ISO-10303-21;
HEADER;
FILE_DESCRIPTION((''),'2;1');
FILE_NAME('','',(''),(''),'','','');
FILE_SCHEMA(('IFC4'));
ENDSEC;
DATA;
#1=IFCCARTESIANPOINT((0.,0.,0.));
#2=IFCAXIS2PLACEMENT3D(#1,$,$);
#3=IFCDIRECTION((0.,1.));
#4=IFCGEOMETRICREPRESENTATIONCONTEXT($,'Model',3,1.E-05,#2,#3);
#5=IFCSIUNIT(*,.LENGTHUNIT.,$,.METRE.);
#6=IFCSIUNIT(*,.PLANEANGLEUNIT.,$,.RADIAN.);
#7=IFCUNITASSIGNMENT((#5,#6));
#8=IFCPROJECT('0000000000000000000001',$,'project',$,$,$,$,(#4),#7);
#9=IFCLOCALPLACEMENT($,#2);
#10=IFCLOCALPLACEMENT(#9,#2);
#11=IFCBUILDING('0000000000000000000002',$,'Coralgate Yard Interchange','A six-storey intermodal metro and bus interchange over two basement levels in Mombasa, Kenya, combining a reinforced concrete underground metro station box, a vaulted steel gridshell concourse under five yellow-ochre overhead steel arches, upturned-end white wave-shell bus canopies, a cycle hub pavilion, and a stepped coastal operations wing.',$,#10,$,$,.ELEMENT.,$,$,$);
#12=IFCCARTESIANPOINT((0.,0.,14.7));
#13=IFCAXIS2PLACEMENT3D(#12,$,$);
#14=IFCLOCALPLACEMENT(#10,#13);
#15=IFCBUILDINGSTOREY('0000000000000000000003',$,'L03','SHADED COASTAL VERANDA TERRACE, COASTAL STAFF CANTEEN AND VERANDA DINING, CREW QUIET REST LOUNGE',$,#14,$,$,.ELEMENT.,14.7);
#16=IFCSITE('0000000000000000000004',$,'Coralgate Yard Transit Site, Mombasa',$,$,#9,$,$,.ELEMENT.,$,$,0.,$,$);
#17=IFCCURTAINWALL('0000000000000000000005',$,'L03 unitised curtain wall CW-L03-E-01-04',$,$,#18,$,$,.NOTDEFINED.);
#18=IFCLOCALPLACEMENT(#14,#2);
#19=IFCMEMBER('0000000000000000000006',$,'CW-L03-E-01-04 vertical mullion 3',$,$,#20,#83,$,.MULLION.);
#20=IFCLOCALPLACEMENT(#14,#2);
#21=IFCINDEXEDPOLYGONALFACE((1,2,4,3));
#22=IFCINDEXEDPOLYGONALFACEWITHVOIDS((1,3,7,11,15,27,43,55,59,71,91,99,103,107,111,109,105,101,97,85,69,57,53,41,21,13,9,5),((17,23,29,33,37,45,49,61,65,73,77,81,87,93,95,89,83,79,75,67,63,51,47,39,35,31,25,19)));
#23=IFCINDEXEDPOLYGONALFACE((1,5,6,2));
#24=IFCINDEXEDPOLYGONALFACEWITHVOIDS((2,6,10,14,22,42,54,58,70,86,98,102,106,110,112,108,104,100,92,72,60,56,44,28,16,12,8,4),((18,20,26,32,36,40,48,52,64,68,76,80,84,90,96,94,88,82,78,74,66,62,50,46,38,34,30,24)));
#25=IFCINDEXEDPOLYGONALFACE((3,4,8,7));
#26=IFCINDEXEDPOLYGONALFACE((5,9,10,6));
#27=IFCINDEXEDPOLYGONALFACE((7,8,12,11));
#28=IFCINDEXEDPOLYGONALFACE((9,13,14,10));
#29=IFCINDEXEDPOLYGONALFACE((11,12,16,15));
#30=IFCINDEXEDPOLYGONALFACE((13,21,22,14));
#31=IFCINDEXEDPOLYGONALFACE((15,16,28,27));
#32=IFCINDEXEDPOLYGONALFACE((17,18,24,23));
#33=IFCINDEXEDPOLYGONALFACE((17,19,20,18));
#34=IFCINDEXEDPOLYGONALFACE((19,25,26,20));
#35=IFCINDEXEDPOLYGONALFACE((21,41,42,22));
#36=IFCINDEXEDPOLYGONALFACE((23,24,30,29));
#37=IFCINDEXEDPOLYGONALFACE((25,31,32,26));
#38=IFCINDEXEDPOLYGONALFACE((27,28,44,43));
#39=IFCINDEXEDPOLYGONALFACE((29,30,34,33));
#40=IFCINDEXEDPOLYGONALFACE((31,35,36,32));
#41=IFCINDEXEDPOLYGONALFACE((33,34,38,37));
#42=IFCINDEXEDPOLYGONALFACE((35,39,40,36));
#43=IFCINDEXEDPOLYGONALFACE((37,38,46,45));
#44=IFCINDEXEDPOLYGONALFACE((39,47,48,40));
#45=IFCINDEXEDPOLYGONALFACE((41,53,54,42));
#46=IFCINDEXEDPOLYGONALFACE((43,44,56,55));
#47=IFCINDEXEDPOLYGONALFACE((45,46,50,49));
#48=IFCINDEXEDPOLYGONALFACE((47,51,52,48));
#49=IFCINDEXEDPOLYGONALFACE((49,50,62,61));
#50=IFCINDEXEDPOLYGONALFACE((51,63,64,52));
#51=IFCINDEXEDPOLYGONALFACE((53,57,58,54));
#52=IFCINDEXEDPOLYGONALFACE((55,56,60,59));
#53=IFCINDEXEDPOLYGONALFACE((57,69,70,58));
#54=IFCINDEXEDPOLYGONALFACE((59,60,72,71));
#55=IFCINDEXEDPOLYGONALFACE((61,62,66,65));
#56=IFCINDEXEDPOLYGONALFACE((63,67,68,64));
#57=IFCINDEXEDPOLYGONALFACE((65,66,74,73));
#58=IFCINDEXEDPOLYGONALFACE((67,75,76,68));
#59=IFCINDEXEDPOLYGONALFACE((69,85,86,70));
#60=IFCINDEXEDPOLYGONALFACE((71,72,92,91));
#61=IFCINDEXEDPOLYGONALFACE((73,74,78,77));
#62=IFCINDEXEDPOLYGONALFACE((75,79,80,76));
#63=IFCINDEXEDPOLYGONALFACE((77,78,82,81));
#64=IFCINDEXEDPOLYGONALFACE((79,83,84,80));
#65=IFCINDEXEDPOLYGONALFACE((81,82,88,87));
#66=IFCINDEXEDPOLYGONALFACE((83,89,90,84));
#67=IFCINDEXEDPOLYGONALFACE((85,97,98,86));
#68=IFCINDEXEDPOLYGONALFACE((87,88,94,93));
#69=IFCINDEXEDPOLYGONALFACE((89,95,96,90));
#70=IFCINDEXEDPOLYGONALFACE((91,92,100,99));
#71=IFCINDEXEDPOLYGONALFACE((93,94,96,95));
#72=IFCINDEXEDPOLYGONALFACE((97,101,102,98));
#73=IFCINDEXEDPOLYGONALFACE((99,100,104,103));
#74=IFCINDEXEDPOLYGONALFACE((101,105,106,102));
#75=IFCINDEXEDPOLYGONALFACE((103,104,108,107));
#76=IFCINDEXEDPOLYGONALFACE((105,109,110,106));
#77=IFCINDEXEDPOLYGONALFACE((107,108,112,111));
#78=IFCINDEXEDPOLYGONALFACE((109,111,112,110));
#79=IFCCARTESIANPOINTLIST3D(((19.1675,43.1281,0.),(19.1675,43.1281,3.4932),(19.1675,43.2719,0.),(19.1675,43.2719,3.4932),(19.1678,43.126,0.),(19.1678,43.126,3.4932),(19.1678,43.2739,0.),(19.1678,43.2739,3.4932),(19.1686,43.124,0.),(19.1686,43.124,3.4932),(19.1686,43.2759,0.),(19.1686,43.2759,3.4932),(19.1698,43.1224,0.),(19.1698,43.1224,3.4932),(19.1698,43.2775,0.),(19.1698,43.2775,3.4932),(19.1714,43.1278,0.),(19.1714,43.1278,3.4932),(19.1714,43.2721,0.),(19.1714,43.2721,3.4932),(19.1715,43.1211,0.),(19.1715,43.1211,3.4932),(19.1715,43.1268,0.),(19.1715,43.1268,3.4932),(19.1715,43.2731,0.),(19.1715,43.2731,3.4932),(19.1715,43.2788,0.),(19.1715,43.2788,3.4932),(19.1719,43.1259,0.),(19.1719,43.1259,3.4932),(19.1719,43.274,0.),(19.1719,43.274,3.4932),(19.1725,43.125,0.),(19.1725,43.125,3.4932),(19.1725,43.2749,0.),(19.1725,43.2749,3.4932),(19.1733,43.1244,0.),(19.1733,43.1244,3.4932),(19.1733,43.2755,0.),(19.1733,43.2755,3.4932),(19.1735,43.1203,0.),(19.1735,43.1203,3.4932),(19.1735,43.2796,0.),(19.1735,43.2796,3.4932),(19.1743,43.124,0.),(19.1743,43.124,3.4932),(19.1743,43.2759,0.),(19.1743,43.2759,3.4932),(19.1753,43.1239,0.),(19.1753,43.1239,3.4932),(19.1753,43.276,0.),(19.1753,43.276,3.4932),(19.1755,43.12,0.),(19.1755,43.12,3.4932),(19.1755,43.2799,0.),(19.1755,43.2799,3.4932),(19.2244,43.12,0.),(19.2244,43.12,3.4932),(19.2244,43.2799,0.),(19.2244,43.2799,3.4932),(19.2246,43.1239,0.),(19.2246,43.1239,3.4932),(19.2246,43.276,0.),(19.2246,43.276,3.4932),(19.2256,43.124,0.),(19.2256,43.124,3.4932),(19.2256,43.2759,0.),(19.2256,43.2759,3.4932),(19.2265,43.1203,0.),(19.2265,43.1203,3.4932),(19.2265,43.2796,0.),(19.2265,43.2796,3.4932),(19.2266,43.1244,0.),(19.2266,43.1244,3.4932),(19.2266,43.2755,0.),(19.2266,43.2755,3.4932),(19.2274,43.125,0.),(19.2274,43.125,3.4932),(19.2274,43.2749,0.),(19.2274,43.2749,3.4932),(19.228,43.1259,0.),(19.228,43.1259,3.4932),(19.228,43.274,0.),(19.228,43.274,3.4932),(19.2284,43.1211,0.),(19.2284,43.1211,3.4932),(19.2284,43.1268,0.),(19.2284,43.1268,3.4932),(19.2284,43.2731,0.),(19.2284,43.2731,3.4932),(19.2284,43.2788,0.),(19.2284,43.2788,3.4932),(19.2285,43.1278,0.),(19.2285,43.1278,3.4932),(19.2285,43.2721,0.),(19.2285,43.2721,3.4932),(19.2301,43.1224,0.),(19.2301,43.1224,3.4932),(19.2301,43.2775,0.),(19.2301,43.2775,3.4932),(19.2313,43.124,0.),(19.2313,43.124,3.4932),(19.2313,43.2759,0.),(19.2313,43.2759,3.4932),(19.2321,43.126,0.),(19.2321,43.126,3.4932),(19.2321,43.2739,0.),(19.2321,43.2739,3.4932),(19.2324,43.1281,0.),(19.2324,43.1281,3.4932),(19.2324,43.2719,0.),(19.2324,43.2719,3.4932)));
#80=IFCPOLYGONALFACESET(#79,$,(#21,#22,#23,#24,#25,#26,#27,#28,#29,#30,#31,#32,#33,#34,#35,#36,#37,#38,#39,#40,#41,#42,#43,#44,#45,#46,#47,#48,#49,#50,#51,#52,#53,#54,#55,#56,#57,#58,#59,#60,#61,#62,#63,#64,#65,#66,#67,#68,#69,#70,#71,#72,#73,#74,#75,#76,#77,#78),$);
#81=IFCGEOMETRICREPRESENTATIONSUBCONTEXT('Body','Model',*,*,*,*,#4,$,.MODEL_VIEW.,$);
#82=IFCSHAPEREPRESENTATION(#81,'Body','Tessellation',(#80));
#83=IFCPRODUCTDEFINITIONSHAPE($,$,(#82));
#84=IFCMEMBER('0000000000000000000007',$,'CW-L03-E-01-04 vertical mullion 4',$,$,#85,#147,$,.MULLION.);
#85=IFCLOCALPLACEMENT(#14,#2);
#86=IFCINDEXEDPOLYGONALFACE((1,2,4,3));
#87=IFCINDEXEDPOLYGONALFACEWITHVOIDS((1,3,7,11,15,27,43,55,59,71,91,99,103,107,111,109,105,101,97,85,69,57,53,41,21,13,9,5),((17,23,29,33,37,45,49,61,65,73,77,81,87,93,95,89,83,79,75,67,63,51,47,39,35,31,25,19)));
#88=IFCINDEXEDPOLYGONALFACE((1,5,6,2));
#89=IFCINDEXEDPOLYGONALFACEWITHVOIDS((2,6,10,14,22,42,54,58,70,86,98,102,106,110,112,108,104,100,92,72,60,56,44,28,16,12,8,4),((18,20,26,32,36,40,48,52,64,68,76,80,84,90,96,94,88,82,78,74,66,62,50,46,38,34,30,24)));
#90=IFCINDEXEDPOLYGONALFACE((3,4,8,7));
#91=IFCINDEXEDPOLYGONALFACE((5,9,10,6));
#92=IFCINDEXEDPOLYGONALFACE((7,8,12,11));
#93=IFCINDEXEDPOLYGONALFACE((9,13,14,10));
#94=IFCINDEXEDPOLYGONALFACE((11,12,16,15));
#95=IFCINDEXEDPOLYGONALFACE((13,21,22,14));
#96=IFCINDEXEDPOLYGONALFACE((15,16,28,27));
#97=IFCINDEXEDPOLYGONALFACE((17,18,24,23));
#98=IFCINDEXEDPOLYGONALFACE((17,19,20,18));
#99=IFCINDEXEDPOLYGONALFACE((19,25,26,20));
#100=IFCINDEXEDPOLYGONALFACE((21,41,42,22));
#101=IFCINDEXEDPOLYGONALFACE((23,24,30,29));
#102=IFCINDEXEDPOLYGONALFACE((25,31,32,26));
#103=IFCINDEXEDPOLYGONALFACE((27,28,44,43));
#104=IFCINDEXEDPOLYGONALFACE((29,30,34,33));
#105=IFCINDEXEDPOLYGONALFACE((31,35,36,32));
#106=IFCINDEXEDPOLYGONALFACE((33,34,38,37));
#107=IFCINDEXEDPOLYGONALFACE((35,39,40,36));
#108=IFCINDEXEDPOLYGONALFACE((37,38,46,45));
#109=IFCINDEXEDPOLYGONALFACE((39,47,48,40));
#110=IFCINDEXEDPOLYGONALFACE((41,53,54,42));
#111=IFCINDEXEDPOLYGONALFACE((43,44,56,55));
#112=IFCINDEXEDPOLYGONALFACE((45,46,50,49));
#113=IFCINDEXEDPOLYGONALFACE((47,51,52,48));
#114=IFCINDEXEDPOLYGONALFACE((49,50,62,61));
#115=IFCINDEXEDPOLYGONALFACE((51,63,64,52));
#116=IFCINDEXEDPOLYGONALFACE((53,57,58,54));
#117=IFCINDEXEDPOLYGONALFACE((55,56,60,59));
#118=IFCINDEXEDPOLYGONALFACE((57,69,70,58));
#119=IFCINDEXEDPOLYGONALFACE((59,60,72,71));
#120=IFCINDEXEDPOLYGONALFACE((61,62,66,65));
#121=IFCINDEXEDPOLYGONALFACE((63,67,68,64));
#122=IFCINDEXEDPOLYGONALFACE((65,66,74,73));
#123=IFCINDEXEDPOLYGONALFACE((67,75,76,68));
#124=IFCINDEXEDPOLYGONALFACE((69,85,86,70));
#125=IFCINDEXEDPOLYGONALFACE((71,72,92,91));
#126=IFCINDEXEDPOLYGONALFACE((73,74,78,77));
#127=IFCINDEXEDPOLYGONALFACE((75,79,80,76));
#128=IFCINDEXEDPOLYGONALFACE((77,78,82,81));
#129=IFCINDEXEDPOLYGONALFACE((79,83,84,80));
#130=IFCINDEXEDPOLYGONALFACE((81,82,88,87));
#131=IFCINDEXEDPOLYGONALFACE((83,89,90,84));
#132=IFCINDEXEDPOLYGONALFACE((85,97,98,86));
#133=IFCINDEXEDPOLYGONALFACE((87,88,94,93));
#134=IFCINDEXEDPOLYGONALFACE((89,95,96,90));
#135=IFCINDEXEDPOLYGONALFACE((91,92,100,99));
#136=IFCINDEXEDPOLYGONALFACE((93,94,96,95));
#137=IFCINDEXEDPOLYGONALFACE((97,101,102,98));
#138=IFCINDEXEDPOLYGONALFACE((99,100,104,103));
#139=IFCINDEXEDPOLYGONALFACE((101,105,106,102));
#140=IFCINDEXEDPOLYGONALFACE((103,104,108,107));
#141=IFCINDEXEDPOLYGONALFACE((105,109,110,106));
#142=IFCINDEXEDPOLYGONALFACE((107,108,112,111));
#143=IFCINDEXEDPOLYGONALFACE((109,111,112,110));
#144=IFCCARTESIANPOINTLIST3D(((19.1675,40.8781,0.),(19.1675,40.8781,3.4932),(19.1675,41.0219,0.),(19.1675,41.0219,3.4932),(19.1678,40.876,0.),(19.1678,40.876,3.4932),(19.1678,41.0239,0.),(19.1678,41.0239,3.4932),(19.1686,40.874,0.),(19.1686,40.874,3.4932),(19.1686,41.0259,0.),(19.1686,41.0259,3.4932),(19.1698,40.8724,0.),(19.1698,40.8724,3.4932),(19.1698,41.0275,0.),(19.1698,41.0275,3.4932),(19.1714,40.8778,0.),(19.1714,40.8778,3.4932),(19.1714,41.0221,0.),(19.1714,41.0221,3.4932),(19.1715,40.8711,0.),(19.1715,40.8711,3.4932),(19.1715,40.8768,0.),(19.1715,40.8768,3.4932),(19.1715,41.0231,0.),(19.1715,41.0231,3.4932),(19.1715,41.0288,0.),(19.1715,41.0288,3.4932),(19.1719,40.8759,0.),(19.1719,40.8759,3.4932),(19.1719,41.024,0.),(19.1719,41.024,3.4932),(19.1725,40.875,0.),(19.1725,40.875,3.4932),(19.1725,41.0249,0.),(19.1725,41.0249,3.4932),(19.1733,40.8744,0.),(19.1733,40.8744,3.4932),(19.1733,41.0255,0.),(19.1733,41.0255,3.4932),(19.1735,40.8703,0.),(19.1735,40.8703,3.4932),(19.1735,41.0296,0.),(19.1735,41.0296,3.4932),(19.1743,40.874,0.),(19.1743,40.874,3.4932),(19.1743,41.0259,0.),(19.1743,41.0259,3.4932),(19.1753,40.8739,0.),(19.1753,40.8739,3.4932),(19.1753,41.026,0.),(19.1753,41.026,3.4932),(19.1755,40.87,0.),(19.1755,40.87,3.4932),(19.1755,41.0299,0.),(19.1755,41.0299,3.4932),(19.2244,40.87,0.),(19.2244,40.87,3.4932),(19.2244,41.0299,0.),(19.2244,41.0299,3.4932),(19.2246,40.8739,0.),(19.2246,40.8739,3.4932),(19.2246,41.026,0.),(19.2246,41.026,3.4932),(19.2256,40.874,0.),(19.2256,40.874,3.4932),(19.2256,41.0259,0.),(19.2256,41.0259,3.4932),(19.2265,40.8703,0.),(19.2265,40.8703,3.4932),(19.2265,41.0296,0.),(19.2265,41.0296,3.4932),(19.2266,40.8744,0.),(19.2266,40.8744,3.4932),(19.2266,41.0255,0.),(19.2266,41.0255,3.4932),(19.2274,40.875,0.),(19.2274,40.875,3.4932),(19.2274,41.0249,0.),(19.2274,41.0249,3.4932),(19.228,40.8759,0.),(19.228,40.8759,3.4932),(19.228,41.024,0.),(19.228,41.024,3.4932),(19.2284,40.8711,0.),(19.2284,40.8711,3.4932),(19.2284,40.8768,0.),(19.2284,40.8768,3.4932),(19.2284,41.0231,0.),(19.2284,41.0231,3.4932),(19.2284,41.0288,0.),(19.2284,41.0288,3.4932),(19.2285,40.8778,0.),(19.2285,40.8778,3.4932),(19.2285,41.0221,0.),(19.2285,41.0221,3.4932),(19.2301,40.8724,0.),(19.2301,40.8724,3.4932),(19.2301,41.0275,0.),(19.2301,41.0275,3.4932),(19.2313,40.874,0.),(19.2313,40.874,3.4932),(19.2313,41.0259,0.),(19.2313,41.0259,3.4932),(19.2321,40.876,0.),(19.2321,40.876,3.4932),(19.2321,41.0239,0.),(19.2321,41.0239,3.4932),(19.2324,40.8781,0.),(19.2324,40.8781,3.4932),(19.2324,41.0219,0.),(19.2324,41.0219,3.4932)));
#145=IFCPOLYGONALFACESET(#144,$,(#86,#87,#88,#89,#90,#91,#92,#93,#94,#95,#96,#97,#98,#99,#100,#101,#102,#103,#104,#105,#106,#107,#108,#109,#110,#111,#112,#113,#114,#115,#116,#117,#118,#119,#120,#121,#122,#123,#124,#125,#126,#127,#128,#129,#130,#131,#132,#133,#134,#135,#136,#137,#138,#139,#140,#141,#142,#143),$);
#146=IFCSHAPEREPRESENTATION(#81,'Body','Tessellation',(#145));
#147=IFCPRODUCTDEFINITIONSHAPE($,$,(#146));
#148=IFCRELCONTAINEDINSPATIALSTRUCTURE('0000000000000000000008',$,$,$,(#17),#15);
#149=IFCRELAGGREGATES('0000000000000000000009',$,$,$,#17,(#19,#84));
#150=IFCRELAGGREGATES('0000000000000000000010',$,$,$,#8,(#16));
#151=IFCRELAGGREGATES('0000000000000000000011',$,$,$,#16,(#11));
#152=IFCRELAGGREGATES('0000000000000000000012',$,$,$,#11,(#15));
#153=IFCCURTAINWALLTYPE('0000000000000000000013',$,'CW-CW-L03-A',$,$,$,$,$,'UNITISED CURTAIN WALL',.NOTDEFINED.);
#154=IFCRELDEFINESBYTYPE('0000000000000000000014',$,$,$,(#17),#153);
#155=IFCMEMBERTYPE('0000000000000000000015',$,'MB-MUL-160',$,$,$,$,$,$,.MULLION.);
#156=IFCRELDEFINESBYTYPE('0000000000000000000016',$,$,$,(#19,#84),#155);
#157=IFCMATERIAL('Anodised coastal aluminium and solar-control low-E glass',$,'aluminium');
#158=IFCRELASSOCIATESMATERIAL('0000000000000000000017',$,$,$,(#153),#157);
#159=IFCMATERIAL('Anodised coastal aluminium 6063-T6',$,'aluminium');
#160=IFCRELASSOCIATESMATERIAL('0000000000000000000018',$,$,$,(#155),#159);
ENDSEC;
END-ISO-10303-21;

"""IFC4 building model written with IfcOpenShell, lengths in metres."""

from ifc_helpers import new_model, si_unit, direction, frame, origin, origin_2d, place, context, subcontext, project, spatial, hollow_rectangle, extrude, material, material_profile, profile_set, type_object, element, aggregate, save


model = new_model("IFC4")

# Units and contexts
model_context = context("Model", 3, precision=1e-05, world=origin(), true_north=direction((0.0, 1.0)))
body_context = subcontext(model_context, "Body", "Model", "MODEL_VIEW")
ifc_project = project(units=[si_unit("LENGTHUNIT", "METRE"), si_unit("PLANEANGLEUNIT", "RADIAN")], contexts=[model_context])

# Site, building, storey
site_placement = place(None, origin())
site = spatial("IfcSite", under=ifc_project, at=site_placement, Name="Coralgate Yard Transit Site, Mombasa", CompositionType="ELEMENT", RefElevation=0.0)
building_placement = place(site_placement, origin())
building = spatial("IfcBuilding", under=site, at=building_placement, Name="Coralgate Yard Interchange", Description="A six-storey intermodal metro and bus interchange over two basement levels in Mombasa, Kenya, combining a reinforced concrete underground metro station box, a vaulted steel gridshell concourse under five yellow-ochre overhead steel arches, upturned-end white wave-shell bus canopies, a cycle hub pavilion, and a stepped coastal operations wing.", CompositionType="ELEMENT")
storey_placement = place(building_placement, frame((0.0, 0.0, 14.7)))
storey = spatial("IfcBuildingStorey", under=building, at=storey_placement, Name="L03", Description="SHADED COASTAL VERANDA TERRACE, COASTAL STAFF CANTEEN AND VERANDA DINING, CREW QUIET REST LOUNGE", CompositionType="ELEMENT", Elevation=14.7)

# Curtain wall, members
ifc_material_1 = material(Name="Anodised coastal aluminium and solar-control low-E glass", Category="aluminium")
curtain_wall_type = type_object("IfcCurtainWallType", Name="CW-CW-L03-A", ElementType="UNITISED CURTAIN WALL", PredefinedType="NOTDEFINED", material=ifc_material_1)
curtain_wall_placement = place(storey_placement, origin())
curtain_wall = element("IfcCurtainWall", 1, at=curtain_wall_placement, inside=storey, type_object=curtain_wall_type, Name="L03 unitised curtain wall CW-L03-E-01-04", PredefinedType="NOTDEFINED")
ifc_material_2 = material(Name="Anodised coastal aluminium 6063-T6", Category="aluminium")
ifc_material_profile_1 = material_profile(ifc_material_2, hollow_rectangle(XDim=0.0649, YDim=0.1599, WallThickness=0.0039, InnerFilletRadius=0.0039, OuterFilletRadius=0.0081, at=origin_2d()), Name="ALU 65x160x4")
ifc_profile_set_1 = profile_set([ifc_material_profile_1], Name="Anodised coastal aluminium 6063-T6")
member_type_1 = type_object("IfcMemberType", Name="MB-MUL-160", PredefinedType="MULLION", material=ifc_profile_set_1)
member_1_placement = place(storey_placement, frame((19.2, 43.2, 0.0), z_axis=(0.0, 0.0, 1.0), x_axis=(1.0, 0.0, 0.0)))
member_1 = element("IfcMember", 2, at=member_1_placement, type_object=member_type_1, Name="CW-L03-E-01-04 vertical mullion 3", PredefinedType="MULLION", context=body_context, shape_type="SweptSolid", body=[
    extrude(hollow_rectangle(XDim=0.0649, YDim=0.1599, WallThickness=0.0039, InnerFilletRadius=0.0039, OuterFilletRadius=0.0081, at=origin_2d()), origin(), (0.0, 0.0, 1.0), 3.4932),
])
member_2_placement = place(storey_placement, frame((19.2, 40.95, 0.0), z_axis=(0.0, 0.0, 1.0), x_axis=(1.0, 0.0, 0.0)))
member_2 = element("IfcMember", 3, at=member_2_placement, type_object=member_type_1, Name="CW-L03-E-01-04 vertical mullion 4", PredefinedType="MULLION", context=body_context, shape_type="SweptSolid", body=[
    extrude(hollow_rectangle(XDim=0.0649, YDim=0.1599, WallThickness=0.0039, InnerFilletRadius=0.0039, OuterFilletRadius=0.0081, at=origin_2d()), origin(), (0.0, 0.0, 1.0), 3.4932),
])
aggregate(curtain_wall, [member_1, member_2])

save(model, "model.ifc")
